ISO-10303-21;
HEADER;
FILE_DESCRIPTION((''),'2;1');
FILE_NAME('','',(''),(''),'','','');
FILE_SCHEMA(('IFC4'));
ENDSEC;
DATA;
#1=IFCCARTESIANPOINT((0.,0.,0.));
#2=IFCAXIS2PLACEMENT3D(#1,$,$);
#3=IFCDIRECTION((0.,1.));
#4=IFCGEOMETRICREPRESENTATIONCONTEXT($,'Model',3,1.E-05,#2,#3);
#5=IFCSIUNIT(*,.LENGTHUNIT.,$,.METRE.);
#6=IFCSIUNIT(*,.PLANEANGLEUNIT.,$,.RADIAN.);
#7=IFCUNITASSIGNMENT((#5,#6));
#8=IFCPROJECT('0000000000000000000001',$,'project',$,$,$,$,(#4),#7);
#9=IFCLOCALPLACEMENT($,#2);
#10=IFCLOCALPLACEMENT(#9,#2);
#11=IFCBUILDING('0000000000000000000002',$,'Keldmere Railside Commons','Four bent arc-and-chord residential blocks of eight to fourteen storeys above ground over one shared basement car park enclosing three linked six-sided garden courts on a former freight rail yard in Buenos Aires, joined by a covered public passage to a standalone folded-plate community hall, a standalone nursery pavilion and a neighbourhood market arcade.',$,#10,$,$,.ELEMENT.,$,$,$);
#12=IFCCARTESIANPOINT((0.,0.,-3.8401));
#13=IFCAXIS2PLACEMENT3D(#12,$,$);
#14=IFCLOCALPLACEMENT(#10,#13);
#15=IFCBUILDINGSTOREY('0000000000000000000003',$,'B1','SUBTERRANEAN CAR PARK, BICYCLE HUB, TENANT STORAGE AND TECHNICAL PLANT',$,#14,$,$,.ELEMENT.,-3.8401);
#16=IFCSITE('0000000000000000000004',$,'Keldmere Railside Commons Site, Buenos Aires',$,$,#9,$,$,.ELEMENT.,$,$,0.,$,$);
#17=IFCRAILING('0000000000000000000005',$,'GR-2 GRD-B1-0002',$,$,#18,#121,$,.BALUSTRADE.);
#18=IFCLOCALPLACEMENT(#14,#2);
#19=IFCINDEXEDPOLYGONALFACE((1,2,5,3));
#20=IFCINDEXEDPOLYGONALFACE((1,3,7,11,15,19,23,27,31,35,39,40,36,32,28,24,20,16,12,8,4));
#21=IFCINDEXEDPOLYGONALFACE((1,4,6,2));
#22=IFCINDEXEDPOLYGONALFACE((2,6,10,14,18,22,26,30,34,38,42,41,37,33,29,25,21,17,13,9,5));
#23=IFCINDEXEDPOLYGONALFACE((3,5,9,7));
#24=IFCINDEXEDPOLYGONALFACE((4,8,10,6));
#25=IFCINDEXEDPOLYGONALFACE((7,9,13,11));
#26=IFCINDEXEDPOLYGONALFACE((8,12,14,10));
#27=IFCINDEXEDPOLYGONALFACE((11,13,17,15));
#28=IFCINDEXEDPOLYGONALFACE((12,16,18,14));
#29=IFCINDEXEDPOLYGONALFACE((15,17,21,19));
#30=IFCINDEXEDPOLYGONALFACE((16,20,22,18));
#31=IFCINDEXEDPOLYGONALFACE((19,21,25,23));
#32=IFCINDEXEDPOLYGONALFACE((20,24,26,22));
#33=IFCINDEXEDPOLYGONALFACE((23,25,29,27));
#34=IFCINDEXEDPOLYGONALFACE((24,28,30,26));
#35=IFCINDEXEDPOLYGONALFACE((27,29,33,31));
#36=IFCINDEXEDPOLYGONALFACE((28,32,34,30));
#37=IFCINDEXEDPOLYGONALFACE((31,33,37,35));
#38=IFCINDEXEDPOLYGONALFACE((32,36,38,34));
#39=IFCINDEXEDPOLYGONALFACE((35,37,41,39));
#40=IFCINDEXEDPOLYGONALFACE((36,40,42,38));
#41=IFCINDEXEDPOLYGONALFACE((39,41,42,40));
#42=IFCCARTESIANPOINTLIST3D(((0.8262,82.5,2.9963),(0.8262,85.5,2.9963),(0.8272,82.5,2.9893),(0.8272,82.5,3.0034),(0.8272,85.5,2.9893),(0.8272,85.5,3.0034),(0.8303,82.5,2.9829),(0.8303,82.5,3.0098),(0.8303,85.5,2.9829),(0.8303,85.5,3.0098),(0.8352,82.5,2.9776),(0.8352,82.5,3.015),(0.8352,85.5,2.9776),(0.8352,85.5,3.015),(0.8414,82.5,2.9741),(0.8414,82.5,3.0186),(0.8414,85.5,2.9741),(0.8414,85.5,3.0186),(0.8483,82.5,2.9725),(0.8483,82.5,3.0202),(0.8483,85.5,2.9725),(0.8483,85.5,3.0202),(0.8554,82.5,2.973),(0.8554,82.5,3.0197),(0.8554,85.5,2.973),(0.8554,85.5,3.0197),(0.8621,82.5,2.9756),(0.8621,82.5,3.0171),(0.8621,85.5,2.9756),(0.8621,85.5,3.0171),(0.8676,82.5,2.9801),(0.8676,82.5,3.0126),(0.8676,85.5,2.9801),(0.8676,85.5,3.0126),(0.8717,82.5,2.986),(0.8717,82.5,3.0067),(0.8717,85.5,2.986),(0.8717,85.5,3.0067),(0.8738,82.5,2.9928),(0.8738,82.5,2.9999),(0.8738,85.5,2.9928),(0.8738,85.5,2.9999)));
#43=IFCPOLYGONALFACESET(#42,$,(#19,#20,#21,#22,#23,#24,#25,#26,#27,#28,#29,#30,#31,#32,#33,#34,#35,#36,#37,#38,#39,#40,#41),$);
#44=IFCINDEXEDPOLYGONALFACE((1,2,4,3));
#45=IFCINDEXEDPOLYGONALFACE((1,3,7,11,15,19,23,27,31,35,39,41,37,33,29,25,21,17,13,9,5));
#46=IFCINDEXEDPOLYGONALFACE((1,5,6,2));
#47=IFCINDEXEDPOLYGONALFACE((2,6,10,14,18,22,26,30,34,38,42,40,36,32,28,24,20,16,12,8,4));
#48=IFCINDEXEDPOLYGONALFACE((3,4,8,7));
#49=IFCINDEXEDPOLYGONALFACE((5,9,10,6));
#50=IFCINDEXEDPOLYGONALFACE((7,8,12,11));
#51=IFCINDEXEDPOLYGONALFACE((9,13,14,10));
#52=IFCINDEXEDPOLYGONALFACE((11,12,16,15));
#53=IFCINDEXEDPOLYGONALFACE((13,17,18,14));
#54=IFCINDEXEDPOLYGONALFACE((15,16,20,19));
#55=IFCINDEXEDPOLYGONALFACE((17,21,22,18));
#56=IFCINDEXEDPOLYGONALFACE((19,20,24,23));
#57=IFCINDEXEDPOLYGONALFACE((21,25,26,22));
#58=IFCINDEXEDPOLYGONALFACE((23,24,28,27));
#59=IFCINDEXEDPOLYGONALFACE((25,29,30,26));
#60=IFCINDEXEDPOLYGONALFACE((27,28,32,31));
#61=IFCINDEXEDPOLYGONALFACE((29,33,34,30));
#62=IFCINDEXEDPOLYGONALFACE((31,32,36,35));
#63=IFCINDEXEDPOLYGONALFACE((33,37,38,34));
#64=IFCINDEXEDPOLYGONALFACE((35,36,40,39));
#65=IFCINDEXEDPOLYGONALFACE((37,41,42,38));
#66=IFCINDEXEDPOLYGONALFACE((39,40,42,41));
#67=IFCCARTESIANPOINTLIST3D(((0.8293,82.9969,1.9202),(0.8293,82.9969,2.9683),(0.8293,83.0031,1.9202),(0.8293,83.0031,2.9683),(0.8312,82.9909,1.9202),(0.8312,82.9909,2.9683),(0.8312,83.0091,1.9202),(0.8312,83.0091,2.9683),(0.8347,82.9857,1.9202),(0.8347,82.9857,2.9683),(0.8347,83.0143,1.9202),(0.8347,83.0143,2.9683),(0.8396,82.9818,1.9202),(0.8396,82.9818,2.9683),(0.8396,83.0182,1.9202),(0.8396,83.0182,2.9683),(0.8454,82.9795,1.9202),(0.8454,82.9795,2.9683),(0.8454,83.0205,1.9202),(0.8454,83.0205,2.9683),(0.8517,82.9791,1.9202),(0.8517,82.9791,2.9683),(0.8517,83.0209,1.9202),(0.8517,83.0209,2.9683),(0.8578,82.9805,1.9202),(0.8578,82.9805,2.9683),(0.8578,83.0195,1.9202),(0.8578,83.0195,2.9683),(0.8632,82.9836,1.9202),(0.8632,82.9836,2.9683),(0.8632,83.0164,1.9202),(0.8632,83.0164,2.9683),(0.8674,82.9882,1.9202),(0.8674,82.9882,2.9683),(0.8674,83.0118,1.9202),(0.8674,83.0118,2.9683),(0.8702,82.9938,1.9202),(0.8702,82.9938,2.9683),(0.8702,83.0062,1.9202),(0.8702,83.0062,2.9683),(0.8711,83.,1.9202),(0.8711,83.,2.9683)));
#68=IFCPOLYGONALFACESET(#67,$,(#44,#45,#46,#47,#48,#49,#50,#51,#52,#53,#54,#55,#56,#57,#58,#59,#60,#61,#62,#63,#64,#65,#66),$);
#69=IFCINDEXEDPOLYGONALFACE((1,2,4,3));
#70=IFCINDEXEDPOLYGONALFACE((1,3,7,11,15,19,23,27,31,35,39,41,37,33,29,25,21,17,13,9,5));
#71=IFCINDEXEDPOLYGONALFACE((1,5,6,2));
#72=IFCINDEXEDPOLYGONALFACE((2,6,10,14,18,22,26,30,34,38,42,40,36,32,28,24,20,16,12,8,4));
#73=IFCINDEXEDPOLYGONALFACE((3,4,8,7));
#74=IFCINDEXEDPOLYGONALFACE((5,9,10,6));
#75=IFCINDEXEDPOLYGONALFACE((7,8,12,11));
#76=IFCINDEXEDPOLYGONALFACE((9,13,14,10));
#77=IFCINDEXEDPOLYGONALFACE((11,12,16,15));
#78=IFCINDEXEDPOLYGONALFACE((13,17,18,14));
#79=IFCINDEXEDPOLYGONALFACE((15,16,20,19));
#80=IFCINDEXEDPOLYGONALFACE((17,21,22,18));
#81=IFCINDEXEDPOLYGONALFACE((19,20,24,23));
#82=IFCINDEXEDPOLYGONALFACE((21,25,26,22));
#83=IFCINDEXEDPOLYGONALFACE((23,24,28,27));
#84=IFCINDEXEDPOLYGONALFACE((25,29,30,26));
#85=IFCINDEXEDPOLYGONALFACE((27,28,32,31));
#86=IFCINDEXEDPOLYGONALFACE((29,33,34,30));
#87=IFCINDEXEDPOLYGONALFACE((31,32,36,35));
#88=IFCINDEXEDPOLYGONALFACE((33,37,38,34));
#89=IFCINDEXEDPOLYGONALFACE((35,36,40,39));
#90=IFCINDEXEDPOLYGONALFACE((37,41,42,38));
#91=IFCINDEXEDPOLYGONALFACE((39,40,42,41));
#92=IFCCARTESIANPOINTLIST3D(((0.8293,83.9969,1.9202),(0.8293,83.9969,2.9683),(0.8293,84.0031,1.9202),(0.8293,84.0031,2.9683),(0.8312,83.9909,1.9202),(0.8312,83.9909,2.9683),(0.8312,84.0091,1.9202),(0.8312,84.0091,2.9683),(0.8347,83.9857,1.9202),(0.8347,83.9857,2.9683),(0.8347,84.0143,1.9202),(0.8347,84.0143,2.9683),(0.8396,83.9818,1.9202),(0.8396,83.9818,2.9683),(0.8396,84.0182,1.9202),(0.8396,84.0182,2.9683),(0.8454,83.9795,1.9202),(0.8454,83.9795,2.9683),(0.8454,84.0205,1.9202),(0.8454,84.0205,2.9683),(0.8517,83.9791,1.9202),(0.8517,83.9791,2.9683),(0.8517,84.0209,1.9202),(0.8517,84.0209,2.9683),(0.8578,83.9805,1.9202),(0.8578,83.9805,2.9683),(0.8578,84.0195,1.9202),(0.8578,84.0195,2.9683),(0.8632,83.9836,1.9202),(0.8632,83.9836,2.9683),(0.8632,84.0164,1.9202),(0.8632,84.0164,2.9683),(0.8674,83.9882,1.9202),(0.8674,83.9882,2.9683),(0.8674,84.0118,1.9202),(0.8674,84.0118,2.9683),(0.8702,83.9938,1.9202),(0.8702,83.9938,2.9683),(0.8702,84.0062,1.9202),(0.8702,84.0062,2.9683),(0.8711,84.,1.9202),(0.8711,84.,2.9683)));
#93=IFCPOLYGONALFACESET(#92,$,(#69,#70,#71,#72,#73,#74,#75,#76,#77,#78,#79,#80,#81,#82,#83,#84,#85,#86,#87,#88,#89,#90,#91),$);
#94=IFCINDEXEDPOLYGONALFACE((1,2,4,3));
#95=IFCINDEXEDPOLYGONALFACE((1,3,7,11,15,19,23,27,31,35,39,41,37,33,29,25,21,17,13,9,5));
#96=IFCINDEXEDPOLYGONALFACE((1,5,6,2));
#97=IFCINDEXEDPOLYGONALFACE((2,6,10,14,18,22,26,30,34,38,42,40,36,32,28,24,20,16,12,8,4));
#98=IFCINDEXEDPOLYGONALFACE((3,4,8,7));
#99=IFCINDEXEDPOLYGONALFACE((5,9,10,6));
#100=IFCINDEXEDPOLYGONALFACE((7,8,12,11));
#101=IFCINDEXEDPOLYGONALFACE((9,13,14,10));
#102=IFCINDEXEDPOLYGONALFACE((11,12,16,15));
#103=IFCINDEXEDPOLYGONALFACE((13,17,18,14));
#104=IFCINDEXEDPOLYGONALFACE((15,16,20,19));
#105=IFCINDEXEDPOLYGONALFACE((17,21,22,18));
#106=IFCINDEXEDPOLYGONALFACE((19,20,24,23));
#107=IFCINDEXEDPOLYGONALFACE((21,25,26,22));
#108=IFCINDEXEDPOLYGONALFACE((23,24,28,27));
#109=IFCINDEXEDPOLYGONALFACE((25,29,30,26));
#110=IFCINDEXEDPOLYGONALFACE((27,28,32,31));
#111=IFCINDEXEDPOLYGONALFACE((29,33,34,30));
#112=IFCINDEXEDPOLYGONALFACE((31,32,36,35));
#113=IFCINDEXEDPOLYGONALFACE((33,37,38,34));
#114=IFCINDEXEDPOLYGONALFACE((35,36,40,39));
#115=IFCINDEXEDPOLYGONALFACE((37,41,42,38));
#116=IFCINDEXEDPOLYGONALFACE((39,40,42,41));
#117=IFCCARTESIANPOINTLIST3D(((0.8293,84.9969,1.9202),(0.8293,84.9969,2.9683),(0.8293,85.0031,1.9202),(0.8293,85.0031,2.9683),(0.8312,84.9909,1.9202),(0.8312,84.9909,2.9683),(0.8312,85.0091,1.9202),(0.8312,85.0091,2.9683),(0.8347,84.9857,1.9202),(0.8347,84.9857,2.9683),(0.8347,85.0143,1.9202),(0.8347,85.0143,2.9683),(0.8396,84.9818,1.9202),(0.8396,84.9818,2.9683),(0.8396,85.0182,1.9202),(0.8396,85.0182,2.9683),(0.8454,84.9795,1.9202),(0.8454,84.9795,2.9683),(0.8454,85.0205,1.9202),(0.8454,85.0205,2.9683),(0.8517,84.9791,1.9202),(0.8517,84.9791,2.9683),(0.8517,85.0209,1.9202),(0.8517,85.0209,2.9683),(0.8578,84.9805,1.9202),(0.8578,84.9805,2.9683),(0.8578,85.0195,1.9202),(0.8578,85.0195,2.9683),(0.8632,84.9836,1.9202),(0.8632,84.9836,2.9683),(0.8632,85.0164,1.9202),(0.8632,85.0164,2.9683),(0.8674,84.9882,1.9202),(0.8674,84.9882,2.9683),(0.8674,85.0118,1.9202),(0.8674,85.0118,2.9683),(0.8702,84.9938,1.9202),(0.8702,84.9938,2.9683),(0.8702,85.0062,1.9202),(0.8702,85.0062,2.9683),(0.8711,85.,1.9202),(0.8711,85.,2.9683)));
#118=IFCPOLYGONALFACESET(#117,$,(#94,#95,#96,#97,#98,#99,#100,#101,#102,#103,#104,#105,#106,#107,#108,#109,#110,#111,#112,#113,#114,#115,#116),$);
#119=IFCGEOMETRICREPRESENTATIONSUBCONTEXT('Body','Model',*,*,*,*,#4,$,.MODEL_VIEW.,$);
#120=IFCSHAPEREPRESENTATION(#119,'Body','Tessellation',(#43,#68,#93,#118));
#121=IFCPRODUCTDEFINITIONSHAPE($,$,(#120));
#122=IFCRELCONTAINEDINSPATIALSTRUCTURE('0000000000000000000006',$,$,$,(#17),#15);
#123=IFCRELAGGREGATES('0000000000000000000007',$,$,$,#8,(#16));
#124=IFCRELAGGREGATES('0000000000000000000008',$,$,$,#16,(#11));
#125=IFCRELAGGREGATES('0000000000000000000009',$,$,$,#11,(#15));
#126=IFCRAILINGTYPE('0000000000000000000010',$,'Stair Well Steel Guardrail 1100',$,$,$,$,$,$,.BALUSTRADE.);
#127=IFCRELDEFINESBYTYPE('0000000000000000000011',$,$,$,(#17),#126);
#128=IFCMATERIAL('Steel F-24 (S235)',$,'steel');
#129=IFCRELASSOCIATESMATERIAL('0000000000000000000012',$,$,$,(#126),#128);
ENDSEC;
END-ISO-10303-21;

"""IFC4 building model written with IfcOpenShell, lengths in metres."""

from ifc_helpers import new_model, si_unit, direction, frame, origin, origin_2d, place, context, subcontext, project, spatial, circle, extrude, material, type_object, element, save


model = new_model("IFC4")

# Units and contexts
model_context = context("Model", 3, precision=1e-05, world=origin(), true_north=direction((0.0, 1.0)))
body_context = subcontext(model_context, "Body", "Model", "MODEL_VIEW")
ifc_project = project(units=[si_unit("LENGTHUNIT", "METRE"), si_unit("PLANEANGLEUNIT", "RADIAN")], contexts=[model_context])

# Site, building, storey
site_placement = place(None, origin())
site = spatial("IfcSite", under=ifc_project, at=site_placement, Name="Keldmere Railside Commons Site, Buenos Aires", CompositionType="ELEMENT", RefElevation=0.0)
building_placement = place(site_placement, origin())
building = spatial("IfcBuilding", under=site, at=building_placement, Name="Keldmere Railside Commons", Description="Four bent arc-and-chord residential blocks of eight to fourteen storeys above ground over one shared basement car park enclosing three linked six-sided garden courts on a former freight rail yard in Buenos Aires, joined by a covered public passage to a standalone folded-plate community hall, a standalone nursery pavilion and a neighbourhood market arcade.", CompositionType="ELEMENT")
storey_placement = place(building_placement, frame((0.0, 0.0, -3.8401)))
storey = spatial("IfcBuildingStorey", under=building, at=storey_placement, Name="B1", Description="SUBTERRANEAN CAR PARK, BICYCLE HUB, TENANT STORAGE AND TECHNICAL PLANT", CompositionType="ELEMENT", Elevation=-3.8401)

# Railing
ifc_material_1 = material(Name="Steel F-24 (S235)", Category="steel")
railing_type = type_object("IfcRailingType", Name="Stair Well Steel Guardrail 1100", PredefinedType="BALUSTRADE", material=ifc_material_1)
railing_1_placement = place(storey_placement, frame((0.8501, 82.5, 1.9202)))
element("IfcRailing", 1, at=railing_1_placement, inside=storey, type_object=railing_type, Name="GR-2 GRD-B1-0002", PredefinedType="BALUSTRADE", context=body_context, shape_type="SweptSolid", body=[
    extrude(circle(Radius=0.0239, at=origin_2d()), frame((0.0, 0.0, 1.0762), z_axis=(0.0, 1.0, 0.0), x_axis=(-1.0, 0.0, 0.0)), (0.0, 0.0, 1.0), 3.0),
    extrude(circle(Radius=0.021, at=origin_2d()), frame((0.0, 0.5, 0.0)), (0.0, 0.0, 1.0), 1.0481),
    extrude(circle(Radius=0.021, at=origin_2d()), frame((0.0, 1.5, 0.0)), (0.0, 0.0, 1.0), 1.0481),
    extrude(circle(Radius=0.021, at=origin_2d()), frame((0.0, 2.5, 0.0)), (0.0, 0.0, 1.0), 1.0481),
])

save(model, "model.ifc")
